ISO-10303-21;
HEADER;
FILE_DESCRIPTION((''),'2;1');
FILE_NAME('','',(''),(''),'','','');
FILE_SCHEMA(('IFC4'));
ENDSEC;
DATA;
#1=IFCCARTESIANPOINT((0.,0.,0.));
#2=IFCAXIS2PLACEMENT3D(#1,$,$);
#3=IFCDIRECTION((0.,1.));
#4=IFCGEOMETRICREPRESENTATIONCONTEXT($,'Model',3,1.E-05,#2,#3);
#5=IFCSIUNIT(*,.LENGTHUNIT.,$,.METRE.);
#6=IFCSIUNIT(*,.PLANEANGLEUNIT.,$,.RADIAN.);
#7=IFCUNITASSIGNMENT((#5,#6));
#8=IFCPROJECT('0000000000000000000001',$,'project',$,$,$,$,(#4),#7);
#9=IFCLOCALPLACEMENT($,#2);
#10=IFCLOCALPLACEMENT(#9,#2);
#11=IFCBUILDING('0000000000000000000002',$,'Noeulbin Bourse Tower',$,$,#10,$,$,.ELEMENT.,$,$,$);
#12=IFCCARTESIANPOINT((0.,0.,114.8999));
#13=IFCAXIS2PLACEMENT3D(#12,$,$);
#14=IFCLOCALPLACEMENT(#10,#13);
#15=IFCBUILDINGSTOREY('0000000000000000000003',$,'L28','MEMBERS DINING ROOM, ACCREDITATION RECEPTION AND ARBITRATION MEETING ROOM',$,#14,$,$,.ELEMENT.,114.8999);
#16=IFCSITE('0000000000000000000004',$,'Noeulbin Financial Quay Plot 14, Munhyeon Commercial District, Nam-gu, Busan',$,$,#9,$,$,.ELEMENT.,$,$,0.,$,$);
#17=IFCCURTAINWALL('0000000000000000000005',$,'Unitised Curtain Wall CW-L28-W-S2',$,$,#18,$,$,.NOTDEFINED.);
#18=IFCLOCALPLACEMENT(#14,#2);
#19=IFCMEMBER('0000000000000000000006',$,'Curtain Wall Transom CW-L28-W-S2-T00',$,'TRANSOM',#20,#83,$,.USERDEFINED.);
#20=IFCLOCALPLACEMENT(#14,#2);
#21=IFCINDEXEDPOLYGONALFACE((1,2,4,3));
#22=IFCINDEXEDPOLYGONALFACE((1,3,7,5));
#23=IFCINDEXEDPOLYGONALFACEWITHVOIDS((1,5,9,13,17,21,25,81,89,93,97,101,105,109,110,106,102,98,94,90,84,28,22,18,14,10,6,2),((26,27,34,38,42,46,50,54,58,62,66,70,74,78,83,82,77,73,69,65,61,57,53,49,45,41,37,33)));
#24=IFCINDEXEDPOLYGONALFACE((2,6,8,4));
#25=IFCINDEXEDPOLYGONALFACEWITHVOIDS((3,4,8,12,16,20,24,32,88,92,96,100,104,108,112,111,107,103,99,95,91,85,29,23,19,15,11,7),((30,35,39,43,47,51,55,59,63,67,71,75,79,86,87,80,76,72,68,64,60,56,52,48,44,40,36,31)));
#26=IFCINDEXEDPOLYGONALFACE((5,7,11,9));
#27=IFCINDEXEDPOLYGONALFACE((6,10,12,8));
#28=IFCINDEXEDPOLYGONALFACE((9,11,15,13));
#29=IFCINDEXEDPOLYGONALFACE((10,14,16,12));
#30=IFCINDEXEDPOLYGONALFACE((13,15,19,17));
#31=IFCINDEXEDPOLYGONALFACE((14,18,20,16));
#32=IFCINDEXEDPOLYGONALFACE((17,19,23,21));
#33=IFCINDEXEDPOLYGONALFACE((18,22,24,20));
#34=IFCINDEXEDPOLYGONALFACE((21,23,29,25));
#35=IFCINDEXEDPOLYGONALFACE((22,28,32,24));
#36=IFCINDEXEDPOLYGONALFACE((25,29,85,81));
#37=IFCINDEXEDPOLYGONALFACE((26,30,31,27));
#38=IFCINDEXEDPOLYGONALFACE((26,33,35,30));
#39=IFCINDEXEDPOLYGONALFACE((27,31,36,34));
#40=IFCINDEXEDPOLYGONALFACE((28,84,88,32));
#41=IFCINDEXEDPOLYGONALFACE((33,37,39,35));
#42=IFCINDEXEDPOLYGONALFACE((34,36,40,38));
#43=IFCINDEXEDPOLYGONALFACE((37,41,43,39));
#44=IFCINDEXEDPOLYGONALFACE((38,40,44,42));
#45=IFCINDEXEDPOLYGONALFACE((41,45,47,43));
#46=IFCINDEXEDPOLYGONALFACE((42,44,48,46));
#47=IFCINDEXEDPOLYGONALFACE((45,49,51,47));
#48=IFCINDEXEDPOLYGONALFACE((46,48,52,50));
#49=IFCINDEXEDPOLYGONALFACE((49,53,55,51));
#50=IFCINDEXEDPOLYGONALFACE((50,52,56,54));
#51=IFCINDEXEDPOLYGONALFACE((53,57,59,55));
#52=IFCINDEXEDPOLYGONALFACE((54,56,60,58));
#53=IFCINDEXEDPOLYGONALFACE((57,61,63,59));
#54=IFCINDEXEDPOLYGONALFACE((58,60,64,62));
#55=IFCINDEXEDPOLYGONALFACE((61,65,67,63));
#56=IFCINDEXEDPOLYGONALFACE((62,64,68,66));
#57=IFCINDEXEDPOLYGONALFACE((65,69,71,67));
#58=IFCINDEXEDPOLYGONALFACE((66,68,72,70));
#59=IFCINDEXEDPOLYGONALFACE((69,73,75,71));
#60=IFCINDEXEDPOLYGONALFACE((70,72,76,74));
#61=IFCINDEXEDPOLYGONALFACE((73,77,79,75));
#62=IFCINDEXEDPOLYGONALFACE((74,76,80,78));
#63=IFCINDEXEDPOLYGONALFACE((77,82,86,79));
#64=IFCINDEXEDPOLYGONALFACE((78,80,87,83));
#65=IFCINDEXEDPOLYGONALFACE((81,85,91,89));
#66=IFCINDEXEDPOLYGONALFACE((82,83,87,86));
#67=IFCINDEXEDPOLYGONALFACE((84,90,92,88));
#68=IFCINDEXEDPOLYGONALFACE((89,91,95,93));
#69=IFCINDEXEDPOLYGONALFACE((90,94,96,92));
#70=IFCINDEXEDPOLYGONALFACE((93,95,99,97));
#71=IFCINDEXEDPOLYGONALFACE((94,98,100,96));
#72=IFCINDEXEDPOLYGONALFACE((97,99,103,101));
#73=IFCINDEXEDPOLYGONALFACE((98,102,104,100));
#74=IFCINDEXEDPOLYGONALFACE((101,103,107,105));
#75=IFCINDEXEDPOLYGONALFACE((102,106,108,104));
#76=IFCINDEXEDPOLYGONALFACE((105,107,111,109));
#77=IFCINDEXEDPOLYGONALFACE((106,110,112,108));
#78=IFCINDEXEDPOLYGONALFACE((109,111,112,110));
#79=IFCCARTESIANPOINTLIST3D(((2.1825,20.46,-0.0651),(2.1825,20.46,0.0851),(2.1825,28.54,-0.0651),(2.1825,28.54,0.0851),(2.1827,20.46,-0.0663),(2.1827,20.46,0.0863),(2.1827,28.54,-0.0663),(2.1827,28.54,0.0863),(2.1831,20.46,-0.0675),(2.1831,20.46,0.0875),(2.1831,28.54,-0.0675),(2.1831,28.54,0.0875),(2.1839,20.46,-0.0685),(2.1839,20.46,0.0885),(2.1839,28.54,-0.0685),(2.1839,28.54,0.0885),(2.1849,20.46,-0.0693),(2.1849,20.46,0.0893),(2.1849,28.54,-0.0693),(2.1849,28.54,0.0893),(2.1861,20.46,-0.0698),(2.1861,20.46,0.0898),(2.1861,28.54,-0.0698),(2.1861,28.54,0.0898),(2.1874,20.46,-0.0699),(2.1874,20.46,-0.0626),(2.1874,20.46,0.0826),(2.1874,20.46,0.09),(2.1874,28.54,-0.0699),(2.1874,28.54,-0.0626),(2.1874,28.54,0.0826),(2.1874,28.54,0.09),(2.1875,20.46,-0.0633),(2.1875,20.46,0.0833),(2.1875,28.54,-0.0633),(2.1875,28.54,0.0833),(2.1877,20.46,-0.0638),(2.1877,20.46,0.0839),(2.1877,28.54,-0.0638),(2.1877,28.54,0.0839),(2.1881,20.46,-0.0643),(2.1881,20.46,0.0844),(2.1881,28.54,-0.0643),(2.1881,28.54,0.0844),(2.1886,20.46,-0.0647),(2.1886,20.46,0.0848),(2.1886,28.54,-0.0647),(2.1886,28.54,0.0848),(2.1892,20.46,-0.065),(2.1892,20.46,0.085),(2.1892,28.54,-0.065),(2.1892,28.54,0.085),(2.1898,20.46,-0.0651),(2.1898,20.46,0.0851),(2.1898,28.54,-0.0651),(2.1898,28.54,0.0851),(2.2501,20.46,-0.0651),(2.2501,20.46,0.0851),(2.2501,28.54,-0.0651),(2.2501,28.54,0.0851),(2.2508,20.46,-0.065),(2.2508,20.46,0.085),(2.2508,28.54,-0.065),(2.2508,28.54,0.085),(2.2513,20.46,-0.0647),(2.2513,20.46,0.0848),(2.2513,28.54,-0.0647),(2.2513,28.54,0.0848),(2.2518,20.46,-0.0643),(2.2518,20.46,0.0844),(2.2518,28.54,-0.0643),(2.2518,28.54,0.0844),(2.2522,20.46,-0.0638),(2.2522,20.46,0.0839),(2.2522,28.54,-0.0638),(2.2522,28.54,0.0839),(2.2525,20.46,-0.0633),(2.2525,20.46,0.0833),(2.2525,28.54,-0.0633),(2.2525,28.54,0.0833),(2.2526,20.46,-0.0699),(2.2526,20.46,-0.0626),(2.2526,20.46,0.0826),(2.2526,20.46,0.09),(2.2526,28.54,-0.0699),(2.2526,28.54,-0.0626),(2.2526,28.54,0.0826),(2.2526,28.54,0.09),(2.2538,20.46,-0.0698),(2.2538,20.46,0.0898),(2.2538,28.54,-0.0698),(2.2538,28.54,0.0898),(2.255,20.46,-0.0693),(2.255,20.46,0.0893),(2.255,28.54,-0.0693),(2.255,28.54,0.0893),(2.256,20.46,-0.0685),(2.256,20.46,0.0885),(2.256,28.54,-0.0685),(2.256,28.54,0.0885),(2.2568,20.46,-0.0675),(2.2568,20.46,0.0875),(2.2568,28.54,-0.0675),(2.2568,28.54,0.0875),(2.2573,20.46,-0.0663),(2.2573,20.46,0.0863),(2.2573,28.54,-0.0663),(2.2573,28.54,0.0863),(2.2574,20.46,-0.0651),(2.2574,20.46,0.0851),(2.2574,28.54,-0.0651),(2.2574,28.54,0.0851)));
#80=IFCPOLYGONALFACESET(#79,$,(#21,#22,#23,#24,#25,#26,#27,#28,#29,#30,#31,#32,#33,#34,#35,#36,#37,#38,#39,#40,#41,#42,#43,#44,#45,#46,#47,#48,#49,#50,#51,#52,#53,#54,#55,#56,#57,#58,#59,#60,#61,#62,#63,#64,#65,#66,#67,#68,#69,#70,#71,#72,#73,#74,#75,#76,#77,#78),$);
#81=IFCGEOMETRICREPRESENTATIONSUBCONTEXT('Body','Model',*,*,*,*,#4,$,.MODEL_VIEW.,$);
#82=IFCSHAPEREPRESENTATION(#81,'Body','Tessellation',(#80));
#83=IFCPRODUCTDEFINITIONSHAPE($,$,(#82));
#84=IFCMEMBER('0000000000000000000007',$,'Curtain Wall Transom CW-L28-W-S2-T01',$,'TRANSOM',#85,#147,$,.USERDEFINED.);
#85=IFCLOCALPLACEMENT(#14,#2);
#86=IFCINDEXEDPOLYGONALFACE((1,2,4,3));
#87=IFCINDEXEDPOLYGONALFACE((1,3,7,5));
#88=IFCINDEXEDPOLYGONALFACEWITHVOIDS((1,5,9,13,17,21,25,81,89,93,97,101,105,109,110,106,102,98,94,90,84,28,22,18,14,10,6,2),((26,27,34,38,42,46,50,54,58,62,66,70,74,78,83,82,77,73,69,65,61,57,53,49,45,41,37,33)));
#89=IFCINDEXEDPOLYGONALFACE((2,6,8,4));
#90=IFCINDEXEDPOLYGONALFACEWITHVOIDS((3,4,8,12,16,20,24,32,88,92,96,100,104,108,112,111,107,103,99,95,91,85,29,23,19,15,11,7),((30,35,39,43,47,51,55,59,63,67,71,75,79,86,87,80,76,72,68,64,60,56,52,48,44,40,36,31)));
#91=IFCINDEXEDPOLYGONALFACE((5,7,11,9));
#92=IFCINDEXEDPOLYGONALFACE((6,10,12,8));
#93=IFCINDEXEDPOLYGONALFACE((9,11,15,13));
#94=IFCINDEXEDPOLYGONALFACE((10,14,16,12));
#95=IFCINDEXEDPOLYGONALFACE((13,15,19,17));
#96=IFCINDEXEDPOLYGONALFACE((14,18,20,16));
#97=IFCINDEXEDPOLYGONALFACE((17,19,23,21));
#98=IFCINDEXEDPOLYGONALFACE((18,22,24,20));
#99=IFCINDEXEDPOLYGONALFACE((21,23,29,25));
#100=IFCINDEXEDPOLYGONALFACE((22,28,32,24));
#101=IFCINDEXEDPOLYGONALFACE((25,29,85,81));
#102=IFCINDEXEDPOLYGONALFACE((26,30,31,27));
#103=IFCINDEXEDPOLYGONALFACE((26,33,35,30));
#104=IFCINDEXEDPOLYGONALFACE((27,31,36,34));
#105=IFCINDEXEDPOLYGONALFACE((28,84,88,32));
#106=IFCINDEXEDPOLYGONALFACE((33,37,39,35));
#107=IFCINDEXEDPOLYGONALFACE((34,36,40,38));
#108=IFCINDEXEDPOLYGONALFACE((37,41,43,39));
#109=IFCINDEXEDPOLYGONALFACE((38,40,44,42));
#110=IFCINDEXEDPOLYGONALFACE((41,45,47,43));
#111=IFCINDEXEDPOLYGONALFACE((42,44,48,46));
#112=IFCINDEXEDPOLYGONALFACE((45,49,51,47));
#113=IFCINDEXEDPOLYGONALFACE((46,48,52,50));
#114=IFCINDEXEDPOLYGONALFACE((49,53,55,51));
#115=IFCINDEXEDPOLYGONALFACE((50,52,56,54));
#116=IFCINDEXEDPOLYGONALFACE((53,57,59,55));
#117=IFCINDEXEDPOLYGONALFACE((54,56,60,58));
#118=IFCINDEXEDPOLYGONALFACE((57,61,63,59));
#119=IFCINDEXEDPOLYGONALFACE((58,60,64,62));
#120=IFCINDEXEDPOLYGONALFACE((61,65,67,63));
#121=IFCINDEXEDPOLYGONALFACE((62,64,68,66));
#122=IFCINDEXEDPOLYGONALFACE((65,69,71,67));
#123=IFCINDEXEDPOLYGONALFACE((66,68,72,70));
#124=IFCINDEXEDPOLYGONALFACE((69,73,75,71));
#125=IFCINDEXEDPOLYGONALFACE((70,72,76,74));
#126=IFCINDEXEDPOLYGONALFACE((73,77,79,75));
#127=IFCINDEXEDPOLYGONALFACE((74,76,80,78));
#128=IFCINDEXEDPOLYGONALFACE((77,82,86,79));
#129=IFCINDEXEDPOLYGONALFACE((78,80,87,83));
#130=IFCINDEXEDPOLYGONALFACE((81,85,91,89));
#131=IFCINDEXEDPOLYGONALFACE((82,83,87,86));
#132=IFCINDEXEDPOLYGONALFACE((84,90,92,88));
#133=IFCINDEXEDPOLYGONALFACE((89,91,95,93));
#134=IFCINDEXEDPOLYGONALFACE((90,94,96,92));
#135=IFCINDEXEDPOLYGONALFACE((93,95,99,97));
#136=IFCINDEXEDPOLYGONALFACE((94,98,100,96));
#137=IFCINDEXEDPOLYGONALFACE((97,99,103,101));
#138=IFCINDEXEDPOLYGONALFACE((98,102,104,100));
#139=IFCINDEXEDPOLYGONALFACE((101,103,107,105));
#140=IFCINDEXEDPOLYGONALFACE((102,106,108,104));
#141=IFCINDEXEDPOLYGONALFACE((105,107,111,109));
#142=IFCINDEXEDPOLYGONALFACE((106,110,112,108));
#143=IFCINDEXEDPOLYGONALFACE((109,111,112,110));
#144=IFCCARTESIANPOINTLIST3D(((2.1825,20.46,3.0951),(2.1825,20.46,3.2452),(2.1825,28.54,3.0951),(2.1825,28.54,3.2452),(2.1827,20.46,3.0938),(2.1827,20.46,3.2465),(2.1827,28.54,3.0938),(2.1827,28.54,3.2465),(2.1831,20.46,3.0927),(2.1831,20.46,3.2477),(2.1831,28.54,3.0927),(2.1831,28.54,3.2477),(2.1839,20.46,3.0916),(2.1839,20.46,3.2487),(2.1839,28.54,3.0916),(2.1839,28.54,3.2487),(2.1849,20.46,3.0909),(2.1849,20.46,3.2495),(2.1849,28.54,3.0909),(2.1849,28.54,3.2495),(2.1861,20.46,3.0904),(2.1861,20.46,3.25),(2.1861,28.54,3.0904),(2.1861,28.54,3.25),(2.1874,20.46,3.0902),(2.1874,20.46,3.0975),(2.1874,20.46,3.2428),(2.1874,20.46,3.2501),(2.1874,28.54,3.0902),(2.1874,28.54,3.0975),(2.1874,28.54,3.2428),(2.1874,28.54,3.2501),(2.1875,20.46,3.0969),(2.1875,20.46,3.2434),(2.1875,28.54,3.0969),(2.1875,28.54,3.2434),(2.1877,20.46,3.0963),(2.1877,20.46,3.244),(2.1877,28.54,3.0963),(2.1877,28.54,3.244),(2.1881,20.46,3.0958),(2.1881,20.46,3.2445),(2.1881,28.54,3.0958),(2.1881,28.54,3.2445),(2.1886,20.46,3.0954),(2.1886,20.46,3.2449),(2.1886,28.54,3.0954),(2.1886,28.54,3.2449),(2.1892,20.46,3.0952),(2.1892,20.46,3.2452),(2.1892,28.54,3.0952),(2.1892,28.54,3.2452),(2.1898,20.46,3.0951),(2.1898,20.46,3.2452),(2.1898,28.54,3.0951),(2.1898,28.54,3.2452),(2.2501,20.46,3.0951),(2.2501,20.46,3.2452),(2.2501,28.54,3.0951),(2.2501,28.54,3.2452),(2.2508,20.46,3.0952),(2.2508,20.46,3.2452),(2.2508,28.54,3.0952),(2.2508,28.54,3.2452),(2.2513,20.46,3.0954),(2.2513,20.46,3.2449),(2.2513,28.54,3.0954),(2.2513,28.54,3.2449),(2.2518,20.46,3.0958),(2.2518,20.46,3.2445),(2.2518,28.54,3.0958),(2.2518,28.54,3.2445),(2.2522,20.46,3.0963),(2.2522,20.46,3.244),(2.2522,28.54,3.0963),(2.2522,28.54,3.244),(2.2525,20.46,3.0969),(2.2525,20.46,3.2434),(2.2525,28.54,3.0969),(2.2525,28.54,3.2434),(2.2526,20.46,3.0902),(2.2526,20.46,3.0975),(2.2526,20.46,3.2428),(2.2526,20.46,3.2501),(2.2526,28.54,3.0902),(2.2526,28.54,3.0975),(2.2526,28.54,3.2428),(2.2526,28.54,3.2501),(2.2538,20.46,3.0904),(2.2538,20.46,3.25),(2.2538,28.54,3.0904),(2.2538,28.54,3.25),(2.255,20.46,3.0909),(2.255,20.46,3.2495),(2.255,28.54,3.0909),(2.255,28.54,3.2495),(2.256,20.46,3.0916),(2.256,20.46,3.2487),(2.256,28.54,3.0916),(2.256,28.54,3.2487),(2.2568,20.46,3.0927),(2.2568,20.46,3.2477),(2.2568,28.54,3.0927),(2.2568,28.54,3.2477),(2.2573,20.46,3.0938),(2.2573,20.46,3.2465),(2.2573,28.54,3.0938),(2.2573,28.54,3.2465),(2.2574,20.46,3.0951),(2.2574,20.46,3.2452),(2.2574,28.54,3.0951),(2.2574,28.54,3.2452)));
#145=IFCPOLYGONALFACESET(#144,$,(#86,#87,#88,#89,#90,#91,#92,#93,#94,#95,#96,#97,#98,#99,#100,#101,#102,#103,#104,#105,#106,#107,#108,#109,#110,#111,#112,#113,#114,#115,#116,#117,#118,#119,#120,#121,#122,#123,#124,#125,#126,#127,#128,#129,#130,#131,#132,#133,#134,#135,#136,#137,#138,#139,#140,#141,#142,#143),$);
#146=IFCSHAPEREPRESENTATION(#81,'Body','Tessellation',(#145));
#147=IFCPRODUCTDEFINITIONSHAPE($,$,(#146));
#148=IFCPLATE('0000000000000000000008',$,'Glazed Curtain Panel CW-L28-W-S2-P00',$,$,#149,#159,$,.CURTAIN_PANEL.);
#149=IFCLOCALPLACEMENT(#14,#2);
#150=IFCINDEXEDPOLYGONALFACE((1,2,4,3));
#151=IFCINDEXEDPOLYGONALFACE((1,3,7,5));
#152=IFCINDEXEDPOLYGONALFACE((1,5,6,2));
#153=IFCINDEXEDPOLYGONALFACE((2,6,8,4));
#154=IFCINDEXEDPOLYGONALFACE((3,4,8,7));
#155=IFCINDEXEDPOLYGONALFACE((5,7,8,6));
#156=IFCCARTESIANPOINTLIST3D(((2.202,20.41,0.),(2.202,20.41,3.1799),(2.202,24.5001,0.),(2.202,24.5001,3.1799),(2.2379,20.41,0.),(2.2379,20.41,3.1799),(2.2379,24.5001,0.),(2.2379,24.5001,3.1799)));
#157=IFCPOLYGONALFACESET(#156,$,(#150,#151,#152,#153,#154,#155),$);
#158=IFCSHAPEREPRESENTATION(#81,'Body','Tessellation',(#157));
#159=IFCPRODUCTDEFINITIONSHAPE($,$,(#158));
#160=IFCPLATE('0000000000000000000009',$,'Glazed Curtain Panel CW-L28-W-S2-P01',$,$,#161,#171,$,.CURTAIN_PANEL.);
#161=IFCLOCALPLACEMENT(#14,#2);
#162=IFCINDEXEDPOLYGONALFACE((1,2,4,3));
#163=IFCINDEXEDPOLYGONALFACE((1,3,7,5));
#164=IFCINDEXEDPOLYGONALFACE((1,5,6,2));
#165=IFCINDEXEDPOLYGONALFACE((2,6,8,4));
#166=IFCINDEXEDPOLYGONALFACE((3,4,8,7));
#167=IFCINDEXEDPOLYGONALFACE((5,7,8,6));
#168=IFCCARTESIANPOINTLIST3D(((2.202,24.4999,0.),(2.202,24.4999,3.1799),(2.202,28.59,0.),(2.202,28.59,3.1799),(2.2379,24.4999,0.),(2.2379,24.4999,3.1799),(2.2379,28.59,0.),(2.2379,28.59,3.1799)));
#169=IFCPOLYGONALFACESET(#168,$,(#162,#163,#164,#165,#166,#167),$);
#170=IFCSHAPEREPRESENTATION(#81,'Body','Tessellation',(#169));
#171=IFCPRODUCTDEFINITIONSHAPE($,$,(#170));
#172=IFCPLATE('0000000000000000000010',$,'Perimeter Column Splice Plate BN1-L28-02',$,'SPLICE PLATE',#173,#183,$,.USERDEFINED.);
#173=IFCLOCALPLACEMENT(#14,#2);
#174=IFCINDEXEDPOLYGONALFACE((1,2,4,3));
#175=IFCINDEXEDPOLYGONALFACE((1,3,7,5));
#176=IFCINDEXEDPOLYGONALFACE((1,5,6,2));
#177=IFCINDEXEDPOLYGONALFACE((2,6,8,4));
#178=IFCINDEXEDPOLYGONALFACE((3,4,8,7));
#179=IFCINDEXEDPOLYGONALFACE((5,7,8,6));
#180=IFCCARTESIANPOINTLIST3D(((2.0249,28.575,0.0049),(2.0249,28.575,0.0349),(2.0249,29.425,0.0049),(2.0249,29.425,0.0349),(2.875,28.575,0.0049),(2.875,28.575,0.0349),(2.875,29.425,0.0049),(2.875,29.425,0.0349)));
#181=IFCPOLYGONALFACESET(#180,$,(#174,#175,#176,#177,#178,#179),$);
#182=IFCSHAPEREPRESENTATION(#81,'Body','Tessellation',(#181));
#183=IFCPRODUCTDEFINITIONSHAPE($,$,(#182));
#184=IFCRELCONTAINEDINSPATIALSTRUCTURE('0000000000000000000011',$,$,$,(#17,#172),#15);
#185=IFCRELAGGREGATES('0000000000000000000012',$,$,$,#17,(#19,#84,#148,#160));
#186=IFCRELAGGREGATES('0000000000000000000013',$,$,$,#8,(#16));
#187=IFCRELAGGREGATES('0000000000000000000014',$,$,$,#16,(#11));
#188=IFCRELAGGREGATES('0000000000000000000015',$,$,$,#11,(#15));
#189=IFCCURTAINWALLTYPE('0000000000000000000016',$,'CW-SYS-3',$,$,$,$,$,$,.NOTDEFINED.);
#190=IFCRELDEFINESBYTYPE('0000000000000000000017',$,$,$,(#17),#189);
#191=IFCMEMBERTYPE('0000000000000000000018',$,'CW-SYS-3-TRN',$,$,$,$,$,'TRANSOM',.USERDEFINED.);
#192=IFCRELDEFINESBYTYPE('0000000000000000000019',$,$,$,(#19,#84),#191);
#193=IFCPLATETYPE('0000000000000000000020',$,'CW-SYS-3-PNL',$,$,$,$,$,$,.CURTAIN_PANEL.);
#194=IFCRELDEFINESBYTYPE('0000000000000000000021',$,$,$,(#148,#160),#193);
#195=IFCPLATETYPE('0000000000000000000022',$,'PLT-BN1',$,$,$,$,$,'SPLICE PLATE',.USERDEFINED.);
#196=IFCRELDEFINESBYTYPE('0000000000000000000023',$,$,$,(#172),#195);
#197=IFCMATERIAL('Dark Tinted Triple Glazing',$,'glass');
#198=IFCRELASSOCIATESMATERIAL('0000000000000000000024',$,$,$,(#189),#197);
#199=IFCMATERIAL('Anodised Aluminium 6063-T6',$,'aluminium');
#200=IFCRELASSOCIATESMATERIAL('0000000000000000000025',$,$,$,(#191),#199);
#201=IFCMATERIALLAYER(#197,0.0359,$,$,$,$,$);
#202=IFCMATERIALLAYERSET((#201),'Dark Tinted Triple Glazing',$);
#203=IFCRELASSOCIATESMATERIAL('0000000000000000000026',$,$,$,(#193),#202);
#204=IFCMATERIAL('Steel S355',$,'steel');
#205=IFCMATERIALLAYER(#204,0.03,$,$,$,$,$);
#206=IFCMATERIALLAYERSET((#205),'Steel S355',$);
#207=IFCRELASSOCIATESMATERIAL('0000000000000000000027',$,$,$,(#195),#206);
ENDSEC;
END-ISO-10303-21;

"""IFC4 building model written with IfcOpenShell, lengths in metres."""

from ifc_helpers import new_model, si_unit, direction, frame, origin, origin_2d, place, context, subcontext, project, spatial, rectangle, hollow_rectangle, extrude, material, layer, layer_set, material_profile, profile_set, type_object, element, aggregate, save


model = new_model("IFC4")

# Units and contexts
model_context = context("Model", 3, precision=1e-05, world=origin(), true_north=direction((0.0, 1.0)))
body_context = subcontext(model_context, "Body", "Model", "MODEL_VIEW")
ifc_project = project(units=[si_unit("LENGTHUNIT", "METRE"), si_unit("PLANEANGLEUNIT", "RADIAN")], contexts=[model_context])

# Site, building, storey
site_placement = place(None, origin())
site = spatial("IfcSite", under=ifc_project, at=site_placement, Name="Noeulbin Financial Quay Plot 14, Munhyeon Commercial District, Nam-gu, Busan", CompositionType="ELEMENT", RefElevation=0.0)
building_placement = place(site_placement, origin())
building = spatial("IfcBuilding", under=site, at=building_placement, Name="Noeulbin Bourse Tower", CompositionType="ELEMENT")
storey_placement = place(building_placement, frame((0.0, 0.0, 114.8999)))
storey = spatial("IfcBuildingStorey", under=building, at=storey_placement, Name="L28", Description="MEMBERS DINING ROOM, ACCREDITATION RECEPTION AND ARBITRATION MEETING ROOM", CompositionType="ELEMENT", Elevation=114.8999)

# Shared definitions
ifc_material_1 = material(Name="Steel S355", Category="steel")

# Curtain wall, members, plates
ifc_material_2 = material(Name="Dark Tinted Triple Glazing", Category="glass")
curtain_wall_type = type_object("IfcCurtainWallType", Name="CW-SYS-3", PredefinedType="NOTDEFINED", material=ifc_material_2)
curtain_wall_placement = place(storey_placement, origin())
curtain_wall = element("IfcCurtainWall", 1, at=curtain_wall_placement, inside=storey, type_object=curtain_wall_type, Name="Unitised Curtain Wall CW-L28-W-S2", PredefinedType="NOTDEFINED")
ifc_material_3 = material(Name="Anodised Aluminium 6063-T6", Category="aluminium")
ifc_material_profile_1 = material_profile(ifc_material_3, hollow_rectangle(XDim=0.075, YDim=0.1599, WallThickness=0.0049, InnerFilletRadius=0.0024, OuterFilletRadius=0.0049, at=origin_2d()), Name="ALU-TRAN-75x160x5", Category="LoadBearing")
ifc_profile_set_1 = profile_set([ifc_material_profile_1], Name="Anodised Aluminium 6063-T6")
member_type_1 = type_object("IfcMemberType", Name="CW-SYS-3-TRN", ElementType="TRANSOM", PredefinedType="USERDEFINED", material=ifc_profile_set_1)
member_1_placement = place(storey_placement, frame((2.22, 20.46, 0.01), z_axis=(0.0, 1.0, 0.0), x_axis=(-1.0, 0.0, 0.0)))
member_1 = element("IfcMember", 2, at=member_1_placement, type_object=member_type_1, Name="Curtain Wall Transom CW-L28-W-S2-T00", ObjectType="TRANSOM", PredefinedType="USERDEFINED", context=body_context, shape_type="SweptSolid", body=[
    extrude(hollow_rectangle(XDim=0.075, YDim=0.1599, WallThickness=0.0049, InnerFilletRadius=0.0024, OuterFilletRadius=0.0049, at=origin_2d()), origin(), (0.0, 0.0, 1.0), 8.0801),
])
member_2_placement = place(storey_placement, frame((2.22, 20.46, 3.1702), z_axis=(0.0, 1.0, 0.0), x_axis=(-1.0, 0.0, 0.0)))
member_2 = element("IfcMember", 3, at=member_2_placement, type_object=member_type_1, Name="Curtain Wall Transom CW-L28-W-S2-T01", ObjectType="TRANSOM", PredefinedType="USERDEFINED", context=body_context, shape_type="SweptSolid", body=[
    extrude(hollow_rectangle(XDim=0.075, YDim=0.1599, WallThickness=0.0049, InnerFilletRadius=0.0024, OuterFilletRadius=0.0049, at=origin_2d()), origin(), (0.0, 0.0, 1.0), 8.0801),
])
ifc_layer_1 = layer(ifc_material_2, 0.0359)
ifc_layer_set_1 = layer_set([ifc_layer_1], Name="Dark Tinted Triple Glazing")
plate_type_1 = type_object("IfcPlateType", Name="CW-SYS-3-PNL", PredefinedType="CURTAIN_PANEL", material=ifc_layer_set_1)
plate_1_placement = place(storey_placement, frame((2.22, 22.4551, 0.0), z_axis=(0.0, 0.0, 1.0), x_axis=(0.0, 1.0, 0.0)))
plate_1 = element("IfcPlate", 4, at=plate_1_placement, type_object=plate_type_1, Name="Glazed Curtain Panel CW-L28-W-S2-P00", PredefinedType="CURTAIN_PANEL", context=body_context, shape_type="SweptSolid", body=[
    extrude(rectangle(XDim=4.0901, YDim=0.0359, at=origin_2d()), origin(), (0.0, 0.0, 1.0), 3.1799),
])
plate_2_placement = place(storey_placement, frame((2.22, 26.5449, 0.0), z_axis=(0.0, 0.0, 1.0), x_axis=(0.0, 1.0, 0.0)))
plate_2 = element("IfcPlate", 5, at=plate_2_placement, type_object=plate_type_1, Name="Glazed Curtain Panel CW-L28-W-S2-P01", PredefinedType="CURTAIN_PANEL", context=body_context, shape_type="SweptSolid", body=[
    extrude(rectangle(XDim=4.0901, YDim=0.0359, at=origin_2d()), origin(), (0.0, 0.0, 1.0), 3.1799),
])
aggregate(curtain_wall, [member_1, member_2, plate_1, plate_2])

# Plate
ifc_layer_2 = layer(ifc_material_1, 0.03)
ifc_layer_set_2 = layer_set([ifc_layer_2], Name="Steel S355")
plate_type_2 = type_object("IfcPlateType", Name="PLT-BN1", ElementType="SPLICE PLATE", PredefinedType="USERDEFINED", material=ifc_layer_set_2)
plate_3_placement = place(storey_placement, frame((2.45, 29.0, 0.0049), z_axis=(0.0, 0.0, 1.0), x_axis=(1.0, 0.0, 0.0)))
element("IfcPlate", 6, at=plate_3_placement, inside=storey, type_object=plate_type_2, Name="Perimeter Column Splice Plate BN1-L28-02", ObjectType="SPLICE PLATE", PredefinedType="USERDEFINED", context=body_context, shape_type="SweptSolid", body=[
    extrude(rectangle(XDim=0.8501, YDim=0.8501, at=origin_2d()), origin(), (0.0, 0.0, 1.0), 0.03),
])

save(model, "model.ifc")
